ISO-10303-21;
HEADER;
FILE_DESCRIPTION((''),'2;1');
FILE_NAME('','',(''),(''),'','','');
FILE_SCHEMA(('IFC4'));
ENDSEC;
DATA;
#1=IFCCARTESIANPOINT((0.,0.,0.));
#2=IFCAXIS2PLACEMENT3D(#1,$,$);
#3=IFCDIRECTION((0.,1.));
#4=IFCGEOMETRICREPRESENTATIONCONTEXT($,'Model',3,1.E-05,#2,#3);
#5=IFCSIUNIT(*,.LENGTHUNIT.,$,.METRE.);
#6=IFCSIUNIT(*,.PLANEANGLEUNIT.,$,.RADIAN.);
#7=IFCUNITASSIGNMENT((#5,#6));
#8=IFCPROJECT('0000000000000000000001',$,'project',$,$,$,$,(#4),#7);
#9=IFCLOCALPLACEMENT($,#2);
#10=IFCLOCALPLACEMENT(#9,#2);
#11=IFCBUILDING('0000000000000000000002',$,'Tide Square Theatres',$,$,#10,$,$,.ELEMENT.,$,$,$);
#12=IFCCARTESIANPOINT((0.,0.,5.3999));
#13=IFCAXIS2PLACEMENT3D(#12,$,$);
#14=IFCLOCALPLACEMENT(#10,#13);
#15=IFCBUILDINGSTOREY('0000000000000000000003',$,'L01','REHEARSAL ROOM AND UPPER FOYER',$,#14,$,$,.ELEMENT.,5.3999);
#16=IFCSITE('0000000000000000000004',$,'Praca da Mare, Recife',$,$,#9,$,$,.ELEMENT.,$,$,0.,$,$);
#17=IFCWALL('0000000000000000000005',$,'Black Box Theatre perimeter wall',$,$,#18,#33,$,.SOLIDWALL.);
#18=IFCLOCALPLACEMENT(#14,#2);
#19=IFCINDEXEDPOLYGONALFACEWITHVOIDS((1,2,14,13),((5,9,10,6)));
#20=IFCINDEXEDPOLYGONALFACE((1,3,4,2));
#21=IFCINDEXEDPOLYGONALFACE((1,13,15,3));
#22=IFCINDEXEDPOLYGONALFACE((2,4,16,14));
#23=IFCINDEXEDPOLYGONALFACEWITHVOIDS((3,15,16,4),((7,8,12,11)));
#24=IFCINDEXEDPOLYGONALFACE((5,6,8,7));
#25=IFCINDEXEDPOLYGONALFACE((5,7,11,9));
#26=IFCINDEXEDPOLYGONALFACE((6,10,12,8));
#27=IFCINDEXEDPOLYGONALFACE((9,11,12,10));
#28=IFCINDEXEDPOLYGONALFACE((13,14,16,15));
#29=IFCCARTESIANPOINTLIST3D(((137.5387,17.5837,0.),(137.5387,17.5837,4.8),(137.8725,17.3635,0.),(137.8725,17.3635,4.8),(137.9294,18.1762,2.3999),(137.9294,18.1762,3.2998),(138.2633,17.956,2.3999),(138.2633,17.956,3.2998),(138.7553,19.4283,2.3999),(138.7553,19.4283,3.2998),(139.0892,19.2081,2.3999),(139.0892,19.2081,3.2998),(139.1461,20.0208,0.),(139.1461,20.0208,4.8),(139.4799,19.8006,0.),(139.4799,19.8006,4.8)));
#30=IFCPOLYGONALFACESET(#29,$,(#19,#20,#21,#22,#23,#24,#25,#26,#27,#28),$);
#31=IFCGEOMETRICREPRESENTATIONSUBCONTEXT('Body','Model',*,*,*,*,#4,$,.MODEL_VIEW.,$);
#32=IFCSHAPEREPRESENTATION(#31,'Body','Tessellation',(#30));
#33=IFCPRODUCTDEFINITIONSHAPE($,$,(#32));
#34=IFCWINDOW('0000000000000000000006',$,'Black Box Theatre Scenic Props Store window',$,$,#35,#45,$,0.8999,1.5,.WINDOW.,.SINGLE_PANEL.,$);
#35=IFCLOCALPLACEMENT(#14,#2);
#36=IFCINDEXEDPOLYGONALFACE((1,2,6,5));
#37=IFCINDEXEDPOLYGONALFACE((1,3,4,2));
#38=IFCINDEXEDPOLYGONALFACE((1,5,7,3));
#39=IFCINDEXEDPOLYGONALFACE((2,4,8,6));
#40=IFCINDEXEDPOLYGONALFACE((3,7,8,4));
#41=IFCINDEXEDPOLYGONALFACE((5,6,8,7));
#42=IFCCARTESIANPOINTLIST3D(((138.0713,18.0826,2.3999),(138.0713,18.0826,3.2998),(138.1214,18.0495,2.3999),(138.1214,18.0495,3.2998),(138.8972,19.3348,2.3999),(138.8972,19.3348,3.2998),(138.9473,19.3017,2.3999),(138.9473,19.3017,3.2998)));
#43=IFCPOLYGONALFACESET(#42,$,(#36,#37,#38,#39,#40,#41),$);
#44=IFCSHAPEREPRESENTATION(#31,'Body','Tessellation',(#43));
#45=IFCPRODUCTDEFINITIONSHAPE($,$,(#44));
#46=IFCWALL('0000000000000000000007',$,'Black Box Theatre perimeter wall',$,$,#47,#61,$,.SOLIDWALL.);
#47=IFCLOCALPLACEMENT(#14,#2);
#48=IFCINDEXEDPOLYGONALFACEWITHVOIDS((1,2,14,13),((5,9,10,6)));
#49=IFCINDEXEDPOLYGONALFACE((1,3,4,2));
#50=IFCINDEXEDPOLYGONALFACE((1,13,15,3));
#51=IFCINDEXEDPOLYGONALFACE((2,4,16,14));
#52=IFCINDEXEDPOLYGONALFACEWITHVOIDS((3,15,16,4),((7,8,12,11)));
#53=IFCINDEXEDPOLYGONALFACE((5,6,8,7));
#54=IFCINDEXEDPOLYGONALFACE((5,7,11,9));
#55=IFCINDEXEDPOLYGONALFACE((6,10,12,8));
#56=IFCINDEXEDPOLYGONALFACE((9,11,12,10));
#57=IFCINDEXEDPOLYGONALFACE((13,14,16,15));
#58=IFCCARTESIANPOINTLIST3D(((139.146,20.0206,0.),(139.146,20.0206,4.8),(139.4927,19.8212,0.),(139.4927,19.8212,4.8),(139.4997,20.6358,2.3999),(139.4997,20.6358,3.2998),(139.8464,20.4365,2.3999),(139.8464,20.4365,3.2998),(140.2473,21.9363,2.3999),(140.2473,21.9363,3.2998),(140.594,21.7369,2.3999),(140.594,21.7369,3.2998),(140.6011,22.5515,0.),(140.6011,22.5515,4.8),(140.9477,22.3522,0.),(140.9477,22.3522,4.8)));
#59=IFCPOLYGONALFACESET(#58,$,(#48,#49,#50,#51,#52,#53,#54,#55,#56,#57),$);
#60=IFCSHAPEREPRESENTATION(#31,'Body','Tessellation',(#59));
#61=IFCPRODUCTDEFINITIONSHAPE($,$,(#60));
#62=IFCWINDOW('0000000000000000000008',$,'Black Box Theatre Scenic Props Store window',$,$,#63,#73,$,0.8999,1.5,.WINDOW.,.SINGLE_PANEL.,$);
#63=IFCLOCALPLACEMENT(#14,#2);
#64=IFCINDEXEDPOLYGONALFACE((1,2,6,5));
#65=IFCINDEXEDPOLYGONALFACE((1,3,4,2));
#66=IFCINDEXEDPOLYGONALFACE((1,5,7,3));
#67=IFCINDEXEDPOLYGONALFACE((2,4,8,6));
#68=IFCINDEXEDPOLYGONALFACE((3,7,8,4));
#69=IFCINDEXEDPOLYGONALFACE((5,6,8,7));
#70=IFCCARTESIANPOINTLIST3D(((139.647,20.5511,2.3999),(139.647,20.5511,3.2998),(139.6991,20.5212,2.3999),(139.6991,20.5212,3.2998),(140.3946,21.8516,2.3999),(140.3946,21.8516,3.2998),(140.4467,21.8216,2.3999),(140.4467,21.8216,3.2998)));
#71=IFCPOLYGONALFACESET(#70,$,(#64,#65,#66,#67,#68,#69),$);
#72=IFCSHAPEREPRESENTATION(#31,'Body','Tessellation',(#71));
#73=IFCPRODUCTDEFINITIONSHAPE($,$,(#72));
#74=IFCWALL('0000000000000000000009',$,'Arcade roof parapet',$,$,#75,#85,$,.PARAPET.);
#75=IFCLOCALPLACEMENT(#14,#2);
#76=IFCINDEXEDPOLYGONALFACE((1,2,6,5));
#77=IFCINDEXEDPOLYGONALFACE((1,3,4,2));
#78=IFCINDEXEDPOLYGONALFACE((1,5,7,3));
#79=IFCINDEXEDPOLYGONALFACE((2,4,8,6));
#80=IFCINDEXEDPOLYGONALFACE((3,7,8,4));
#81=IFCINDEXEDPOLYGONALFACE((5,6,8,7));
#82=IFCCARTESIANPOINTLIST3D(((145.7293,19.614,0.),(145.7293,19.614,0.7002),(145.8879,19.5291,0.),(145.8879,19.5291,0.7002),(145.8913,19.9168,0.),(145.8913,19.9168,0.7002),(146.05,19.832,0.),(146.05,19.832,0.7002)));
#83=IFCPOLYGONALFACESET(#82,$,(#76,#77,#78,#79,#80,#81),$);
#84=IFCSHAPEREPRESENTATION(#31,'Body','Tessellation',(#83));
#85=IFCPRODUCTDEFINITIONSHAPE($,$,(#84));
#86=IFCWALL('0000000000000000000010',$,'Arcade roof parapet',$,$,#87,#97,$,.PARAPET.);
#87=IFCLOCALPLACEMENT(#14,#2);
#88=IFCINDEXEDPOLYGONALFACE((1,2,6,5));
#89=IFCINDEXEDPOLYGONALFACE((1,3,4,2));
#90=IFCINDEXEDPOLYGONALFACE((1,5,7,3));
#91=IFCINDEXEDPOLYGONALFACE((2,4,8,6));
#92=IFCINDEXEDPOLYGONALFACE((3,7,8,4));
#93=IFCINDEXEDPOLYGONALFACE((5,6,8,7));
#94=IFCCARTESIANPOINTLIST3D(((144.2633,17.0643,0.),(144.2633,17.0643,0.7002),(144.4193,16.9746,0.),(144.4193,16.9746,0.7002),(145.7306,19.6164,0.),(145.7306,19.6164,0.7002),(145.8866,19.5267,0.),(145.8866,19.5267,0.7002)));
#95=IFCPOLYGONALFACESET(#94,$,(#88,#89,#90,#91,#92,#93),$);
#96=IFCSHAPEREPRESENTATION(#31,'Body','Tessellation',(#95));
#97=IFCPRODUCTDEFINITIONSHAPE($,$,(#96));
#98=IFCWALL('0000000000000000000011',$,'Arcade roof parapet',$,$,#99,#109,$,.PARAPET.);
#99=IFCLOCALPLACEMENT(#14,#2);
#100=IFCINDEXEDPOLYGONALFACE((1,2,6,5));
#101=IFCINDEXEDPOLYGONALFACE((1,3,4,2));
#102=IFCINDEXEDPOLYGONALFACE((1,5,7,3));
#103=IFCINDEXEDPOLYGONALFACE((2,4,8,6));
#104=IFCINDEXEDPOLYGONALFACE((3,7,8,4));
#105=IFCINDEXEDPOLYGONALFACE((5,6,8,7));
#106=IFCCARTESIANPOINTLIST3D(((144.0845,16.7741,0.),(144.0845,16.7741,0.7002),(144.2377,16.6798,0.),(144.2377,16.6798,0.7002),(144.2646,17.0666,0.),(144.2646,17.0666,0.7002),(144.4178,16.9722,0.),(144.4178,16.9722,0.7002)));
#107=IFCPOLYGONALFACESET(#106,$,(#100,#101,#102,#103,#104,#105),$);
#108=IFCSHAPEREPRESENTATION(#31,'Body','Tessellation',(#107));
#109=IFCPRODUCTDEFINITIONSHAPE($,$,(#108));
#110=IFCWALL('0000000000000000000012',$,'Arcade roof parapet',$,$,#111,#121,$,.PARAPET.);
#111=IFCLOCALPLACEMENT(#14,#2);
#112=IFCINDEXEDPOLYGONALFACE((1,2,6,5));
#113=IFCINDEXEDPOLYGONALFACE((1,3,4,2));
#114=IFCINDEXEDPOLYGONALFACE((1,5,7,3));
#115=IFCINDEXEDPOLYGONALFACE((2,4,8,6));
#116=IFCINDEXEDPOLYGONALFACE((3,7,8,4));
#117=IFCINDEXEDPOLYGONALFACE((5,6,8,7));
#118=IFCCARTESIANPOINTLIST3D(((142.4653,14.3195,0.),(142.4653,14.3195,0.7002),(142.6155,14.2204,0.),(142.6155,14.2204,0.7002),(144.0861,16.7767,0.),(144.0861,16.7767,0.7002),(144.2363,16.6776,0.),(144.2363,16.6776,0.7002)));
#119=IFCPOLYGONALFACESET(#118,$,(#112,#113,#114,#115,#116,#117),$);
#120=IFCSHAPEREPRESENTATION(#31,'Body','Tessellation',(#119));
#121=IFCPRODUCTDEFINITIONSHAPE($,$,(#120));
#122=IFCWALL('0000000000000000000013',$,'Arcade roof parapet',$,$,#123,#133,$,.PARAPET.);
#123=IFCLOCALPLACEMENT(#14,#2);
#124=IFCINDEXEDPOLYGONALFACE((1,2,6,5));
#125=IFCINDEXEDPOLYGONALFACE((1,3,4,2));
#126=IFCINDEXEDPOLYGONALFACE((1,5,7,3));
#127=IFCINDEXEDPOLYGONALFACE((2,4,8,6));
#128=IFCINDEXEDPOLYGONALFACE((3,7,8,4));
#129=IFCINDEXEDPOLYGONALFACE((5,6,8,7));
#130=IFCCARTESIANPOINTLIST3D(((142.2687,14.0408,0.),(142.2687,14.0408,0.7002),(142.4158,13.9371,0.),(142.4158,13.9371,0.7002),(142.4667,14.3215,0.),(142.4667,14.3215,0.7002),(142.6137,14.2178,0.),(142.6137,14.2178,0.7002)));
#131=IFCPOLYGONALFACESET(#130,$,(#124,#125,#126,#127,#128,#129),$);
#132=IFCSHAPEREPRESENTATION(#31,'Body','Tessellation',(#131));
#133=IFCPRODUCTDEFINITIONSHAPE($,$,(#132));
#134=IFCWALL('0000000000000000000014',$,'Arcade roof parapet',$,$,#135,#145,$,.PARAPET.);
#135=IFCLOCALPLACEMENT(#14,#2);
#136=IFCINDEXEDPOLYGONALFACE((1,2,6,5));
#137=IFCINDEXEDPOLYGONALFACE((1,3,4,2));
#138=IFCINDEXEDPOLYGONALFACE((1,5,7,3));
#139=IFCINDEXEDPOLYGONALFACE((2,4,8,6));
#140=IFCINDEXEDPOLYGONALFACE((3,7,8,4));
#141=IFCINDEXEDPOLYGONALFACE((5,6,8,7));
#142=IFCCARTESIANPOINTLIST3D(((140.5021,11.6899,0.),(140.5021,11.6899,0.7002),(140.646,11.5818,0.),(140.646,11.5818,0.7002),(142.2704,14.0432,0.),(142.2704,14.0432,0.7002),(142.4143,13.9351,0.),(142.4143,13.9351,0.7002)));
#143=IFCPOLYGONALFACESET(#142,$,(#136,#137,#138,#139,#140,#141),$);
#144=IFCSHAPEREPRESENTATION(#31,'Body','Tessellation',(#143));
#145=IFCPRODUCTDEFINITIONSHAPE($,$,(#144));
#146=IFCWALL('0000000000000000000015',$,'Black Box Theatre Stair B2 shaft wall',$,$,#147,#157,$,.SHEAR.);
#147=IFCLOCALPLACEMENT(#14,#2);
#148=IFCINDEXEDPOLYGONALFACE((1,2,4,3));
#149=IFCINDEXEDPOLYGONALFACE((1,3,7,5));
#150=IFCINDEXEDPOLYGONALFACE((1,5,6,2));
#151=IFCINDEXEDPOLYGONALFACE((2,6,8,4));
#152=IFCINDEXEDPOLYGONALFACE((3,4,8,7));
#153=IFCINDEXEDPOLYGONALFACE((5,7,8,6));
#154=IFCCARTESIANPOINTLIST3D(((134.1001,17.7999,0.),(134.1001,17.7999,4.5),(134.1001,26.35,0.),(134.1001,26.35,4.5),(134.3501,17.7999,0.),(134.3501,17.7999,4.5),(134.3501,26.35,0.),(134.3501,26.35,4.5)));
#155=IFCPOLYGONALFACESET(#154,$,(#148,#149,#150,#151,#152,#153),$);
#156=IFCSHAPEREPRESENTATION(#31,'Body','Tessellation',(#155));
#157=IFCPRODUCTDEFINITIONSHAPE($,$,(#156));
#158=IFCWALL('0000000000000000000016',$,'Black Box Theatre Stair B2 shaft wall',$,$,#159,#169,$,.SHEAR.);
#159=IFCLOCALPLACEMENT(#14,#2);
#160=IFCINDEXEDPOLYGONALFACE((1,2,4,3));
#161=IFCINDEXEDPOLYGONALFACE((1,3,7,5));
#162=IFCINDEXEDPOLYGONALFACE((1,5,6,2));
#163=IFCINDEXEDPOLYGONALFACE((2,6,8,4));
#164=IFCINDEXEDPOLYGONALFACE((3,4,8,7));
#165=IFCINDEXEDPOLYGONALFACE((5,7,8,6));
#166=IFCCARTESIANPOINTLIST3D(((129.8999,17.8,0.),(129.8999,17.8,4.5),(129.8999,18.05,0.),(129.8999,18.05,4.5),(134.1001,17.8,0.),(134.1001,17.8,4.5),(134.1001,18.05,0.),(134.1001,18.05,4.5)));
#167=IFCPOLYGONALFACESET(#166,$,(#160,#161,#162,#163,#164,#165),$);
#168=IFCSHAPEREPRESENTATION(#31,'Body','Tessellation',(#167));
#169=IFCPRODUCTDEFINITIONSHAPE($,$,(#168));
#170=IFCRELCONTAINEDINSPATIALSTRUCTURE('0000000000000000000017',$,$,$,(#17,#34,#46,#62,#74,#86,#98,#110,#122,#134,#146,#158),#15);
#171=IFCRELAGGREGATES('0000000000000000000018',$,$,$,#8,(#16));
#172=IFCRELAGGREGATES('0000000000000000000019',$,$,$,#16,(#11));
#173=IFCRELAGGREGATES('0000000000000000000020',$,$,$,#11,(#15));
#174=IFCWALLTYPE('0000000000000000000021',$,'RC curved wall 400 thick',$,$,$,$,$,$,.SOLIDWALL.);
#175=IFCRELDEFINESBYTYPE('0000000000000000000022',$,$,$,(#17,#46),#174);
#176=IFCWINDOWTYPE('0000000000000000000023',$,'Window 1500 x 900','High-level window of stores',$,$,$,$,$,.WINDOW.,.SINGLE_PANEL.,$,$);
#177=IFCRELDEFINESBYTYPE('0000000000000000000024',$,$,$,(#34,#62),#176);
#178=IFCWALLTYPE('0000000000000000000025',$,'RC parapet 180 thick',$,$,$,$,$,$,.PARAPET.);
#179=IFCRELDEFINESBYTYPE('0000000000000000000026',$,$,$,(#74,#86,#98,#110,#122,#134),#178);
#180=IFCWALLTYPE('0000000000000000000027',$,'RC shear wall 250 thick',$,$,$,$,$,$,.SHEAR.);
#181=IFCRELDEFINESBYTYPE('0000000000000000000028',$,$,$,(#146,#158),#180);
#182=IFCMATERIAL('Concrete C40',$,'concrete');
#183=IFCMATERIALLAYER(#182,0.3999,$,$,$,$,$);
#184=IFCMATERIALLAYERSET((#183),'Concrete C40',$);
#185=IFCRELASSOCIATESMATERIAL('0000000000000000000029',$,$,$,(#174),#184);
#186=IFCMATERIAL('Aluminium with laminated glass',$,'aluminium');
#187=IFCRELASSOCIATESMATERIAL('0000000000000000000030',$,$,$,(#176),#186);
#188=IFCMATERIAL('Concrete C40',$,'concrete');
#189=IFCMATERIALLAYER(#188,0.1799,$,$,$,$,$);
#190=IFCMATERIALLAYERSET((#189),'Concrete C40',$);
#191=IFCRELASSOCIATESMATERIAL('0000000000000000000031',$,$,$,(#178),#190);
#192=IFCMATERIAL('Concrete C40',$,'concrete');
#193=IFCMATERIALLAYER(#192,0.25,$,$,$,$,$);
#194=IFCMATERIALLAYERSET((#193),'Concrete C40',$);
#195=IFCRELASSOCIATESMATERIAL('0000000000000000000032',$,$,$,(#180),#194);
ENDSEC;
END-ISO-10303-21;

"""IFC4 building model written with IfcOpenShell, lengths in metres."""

from ifc_helpers import new_model, si_unit, direction, frame, frame_2d, origin, place, context, subcontext, project, spatial, rectangle, extrude, material, layer, layer_set, type_object, element, fill, save


model = new_model("IFC4")

# Units and contexts
model_context = context("Model", 3, precision=1e-05, world=origin(), true_north=direction((0.0, 1.0)))
body_context = subcontext(model_context, "Body", "Model", "MODEL_VIEW")
ifc_project = project(units=[si_unit("LENGTHUNIT", "METRE"), si_unit("PLANEANGLEUNIT", "RADIAN")], contexts=[model_context])

# Site, building, storey
site_placement = place(None, origin())
site = spatial("IfcSite", under=ifc_project, at=site_placement, Name="Praca da Mare, Recife", CompositionType="ELEMENT", RefElevation=0.0)
building_placement = place(site_placement, origin())
building = spatial("IfcBuilding", under=site, at=building_placement, Name="Tide Square Theatres", CompositionType="ELEMENT")
storey_placement = place(building_placement, frame((0.0, 0.0, 5.3999)))
storey = spatial("IfcBuildingStorey", under=building, at=storey_placement, Name="L01", Description="REHEARSAL ROOM AND UPPER FOYER", CompositionType="ELEMENT", Elevation=5.3999)

# Walls, openings, windows
ifc_material_1 = material(Name="Concrete C40", Category="concrete")
ifc_layer_1 = layer(ifc_material_1, 0.3999)
ifc_layer_set_1 = layer_set([ifc_layer_1], Name="Concrete C40")
wall_type_1 = type_object("IfcWallType", Name="RC curved wall 400 thick", PredefinedType="SOLIDWALL", material=ifc_layer_set_1)
ifc_material_2 = material(Name="Aluminium with laminated glass", Category="aluminium")
window_type = type_object("IfcWindowType", Name="Window 1500 x 900", Description="High-level window of stores", PartitioningType="SINGLE_PANEL", PredefinedType="WINDOW", material=ifc_material_2)
wall_1_placement = place(storey_placement, frame((137.7056, 17.4736, 0.0), z_axis=(0.0, 0.0, 1.0), x_axis=(0.550602, 0.834768, 0.0)))
wall_1 = element("IfcWall", 1, at=wall_1_placement, inside=storey, type_object=wall_type_1, Name="Black Box Theatre perimeter wall", PredefinedType="SOLIDWALL", context=body_context, shape_type="SweptSolid", body=[
    extrude(rectangle(XDim=2.9194, YDim=0.3999, at=frame_2d((1.4597, 0.0))), origin(), (0.0, 0.0, 1.0), 4.8),
])
opening_1_placement = place(wall_1_placement, frame((0.7097, 0.0, 2.3999)))
opening_1 = element("IfcOpeningElement", 2, at=opening_1_placement, cuts=wall_1, PredefinedType="OPENING", context=body_context, shape_type="SweptSolid", body=[
    extrude(rectangle(XDim=1.5, YDim=0.8999, at=frame_2d((0.75, 0.45))), frame((0.0, 0.21, 0.0), z_axis=(0.0, -1.0, 0.0), x_axis=(1.0, 0.0, 0.0)), (0.0, 0.0, 1.0), 0.4199),
])
window_1_placement = place(opening_1_placement, origin())
window_1 = element("IfcWindow", 3, at=window_1_placement, inside=storey, type_object=window_type, Name="Black Box Theatre Scenic Props Store window", OverallHeight=0.8999, OverallWidth=1.5, PartitioningType="SINGLE_PANEL", PredefinedType="WINDOW", context=body_context, shape_type="SweptSolid", body=[
    extrude(rectangle(XDim=1.5, YDim=0.8999, at=frame_2d((0.75, 0.45))), frame((0.0, 0.03, 0.0), z_axis=(0.0, -1.0, 0.0), x_axis=(1.0, 0.0, 0.0)), (0.0, 0.0, 1.0), 0.0601),
])
fill(opening_1, window_1)
wall_2_placement = place(storey_placement, frame((139.3193, 19.9209, 0.0), z_axis=(0.0, 0.0, 1.0), x_axis=(0.498407, 0.866943, 0.0)))
wall_2 = element("IfcWall", 4, at=wall_2_placement, inside=storey, type_object=wall_type_1, Name="Black Box Theatre perimeter wall", PredefinedType="SOLIDWALL", context=body_context, shape_type="SweptSolid", body=[
    extrude(rectangle(XDim=2.9194, YDim=0.3999, at=frame_2d((1.4597, 0.0))), origin(), (0.0, 0.0, 1.0), 4.8),
])
opening_2_placement = place(wall_2_placement, frame((0.7097, 0.0, 2.3999)))
opening_2 = element("IfcOpeningElement", 5, at=opening_2_placement, cuts=wall_2, PredefinedType="OPENING", context=body_context, shape_type="SweptSolid", body=[
    extrude(rectangle(XDim=1.5, YDim=0.8999, at=frame_2d((0.75, 0.45))), frame((0.0, 0.21, 0.0), z_axis=(0.0, -1.0, 0.0), x_axis=(1.0, 0.0, 0.0)), (0.0, 0.0, 1.0), 0.4199),
])
window_2_placement = place(opening_2_placement, origin())
window_2 = element("IfcWindow", 6, at=window_2_placement, inside=storey, type_object=window_type, Name="Black Box Theatre Scenic Props Store window", OverallHeight=0.8999, OverallWidth=1.5, PartitioningType="SINGLE_PANEL", PredefinedType="WINDOW", context=body_context, shape_type="SweptSolid", body=[
    extrude(rectangle(XDim=1.5, YDim=0.8999, at=frame_2d((0.75, 0.45))), frame((0.0, 0.03, 0.0), z_axis=(0.0, -1.0, 0.0), x_axis=(1.0, 0.0, 0.0)), (0.0, 0.0, 1.0), 0.0601),
])
fill(opening_2, window_2)

# Walls
ifc_material_3 = material(Name="Concrete C40", Category="concrete")
ifc_layer_2 = layer(ifc_material_3, 0.1799)
ifc_layer_set_2 = layer_set([ifc_layer_2], Name="Concrete C40")
wall_type_2 = type_object("IfcWallType", Name="RC parapet 180 thick", PredefinedType="PARAPET", material=ifc_layer_set_2)
wall_3_placement = place(storey_placement, frame((145.9707, 19.8745, 0.0), z_axis=(0.0, 0.0, 1.0), x_axis=(-0.471768, -0.881723, 0.0)))
element("IfcWall", 7, at=wall_3_placement, inside=storey, type_object=wall_type_2, Name="Arcade roof parapet", PredefinedType="PARAPET", context=body_context, shape_type="SweptSolid", body=[
    extrude(rectangle(XDim=0.3435, YDim=0.1799, at=frame_2d((0.1719, 0.0))), origin(), (0.0, 0.0, 1.0), 0.7002),
])
wall_4_placement = place(storey_placement, frame((145.8086, 19.5715, 0.0), z_axis=(0.0, 0.0, 1.0), x_axis=(-0.498442, -0.866923, 0.0)))
element("IfcWall", 8, at=wall_4_placement, inside=storey, type_object=wall_type_2, Name="Arcade roof parapet", PredefinedType="PARAPET", context=body_context, shape_type="SweptSolid", body=[
    extrude(rectangle(XDim=2.9438, YDim=0.1799, at=frame_2d((1.4719, 0.0))), origin(), (0.0, 0.0, 1.0), 0.7002),
])
wall_5_placement = place(storey_placement, frame((144.3413, 17.0195, 0.0), z_axis=(0.0, 0.0, 1.0), x_axis=(-0.524494, -0.851414, 0.0)))
element("IfcWall", 9, at=wall_5_placement, inside=storey, type_object=wall_type_2, Name="Arcade roof parapet", PredefinedType="PARAPET", context=body_context, shape_type="SweptSolid", body=[
    extrude(rectangle(XDim=0.3435, YDim=0.1799, at=frame_2d((0.1719, 0.0))), origin(), (0.0, 0.0, 1.0), 0.7002),
])
wall_6_placement = place(storey_placement, frame((144.1611, 16.7271, 0.0), z_axis=(0.0, 0.0, 1.0), x_axis=(-0.550617, -0.834758, 0.0)))
element("IfcWall", 10, at=wall_6_placement, inside=storey, type_object=wall_type_2, Name="Arcade roof parapet", PredefinedType="PARAPET", context=body_context, shape_type="SweptSolid", body=[
    extrude(rectangle(XDim=2.9436, YDim=0.1799, at=frame_2d((1.4717, 0.0))), origin(), (0.0, 0.0, 1.0), 0.7002),
])
wall_7_placement = place(storey_placement, frame((142.5403, 14.2698, 0.0), z_axis=(0.0, 0.0, 1.0), x_axis=(-0.57632, -0.817224, 0.0)))
element("IfcWall", 11, at=wall_7_placement, inside=storey, type_object=wall_type_2, Name="Arcade roof parapet", PredefinedType="PARAPET", context=body_context, shape_type="SweptSolid", body=[
    extrude(rectangle(XDim=0.3435, YDim=0.1799, at=frame_2d((0.1719, 0.0))), origin(), (0.0, 0.0, 1.0), 0.7002),
])
wall_8_placement = place(storey_placement, frame((142.3423, 13.989, 0.0), z_axis=(0.0, 0.0, 1.0), x_axis=(-0.60073, -0.799452, 0.0)))
element("IfcWall", 12, at=wall_8_placement, inside=storey, type_object=wall_type_2, Name="Arcade roof parapet", PredefinedType="PARAPET", context=body_context, shape_type="SweptSolid", body=[
    extrude(rectangle(XDim=2.9436, YDim=0.1799, at=frame_2d((1.4717, 0.0))), origin(), (0.0, 0.0, 1.0), 0.7002),
])
ifc_material_4 = material(Name="Concrete C40", Category="concrete")
ifc_layer_3 = layer(ifc_material_4, 0.25)
ifc_layer_set_3 = layer_set([ifc_layer_3], Name="Concrete C40")
wall_type_3 = type_object("IfcWallType", Name="RC shear wall 250 thick", PredefinedType="SHEAR", material=ifc_layer_set_3)
wall_9_placement = place(storey_placement, frame((134.2251, 17.8, 0.0), z_axis=(0.0, 0.0, 1.0), x_axis=(0.0, 1.0, 0.0)))
element("IfcWall", 13, at=wall_9_placement, inside=storey, type_object=wall_type_3, Name="Black Box Theatre Stair B2 shaft wall", PredefinedType="SHEAR", context=body_context, shape_type="SweptSolid", body=[
    extrude(rectangle(XDim=8.55, YDim=0.25, at=frame_2d((4.2749, 0.0))), origin(), (0.0, 0.0, 1.0), 4.5),
])
wall_10_placement = place(storey_placement, frame((134.1001, 17.925, 0.0), z_axis=(0.0, 0.0, 1.0), x_axis=(-1.0, 0.0, 0.0)))
element("IfcWall", 14, at=wall_10_placement, inside=storey, type_object=wall_type_3, Name="Black Box Theatre Stair B2 shaft wall", PredefinedType="SHEAR", context=body_context, shape_type="SweptSolid", body=[
    extrude(rectangle(XDim=4.2002, YDim=0.25, at=frame_2d((2.1001, 0.0))), origin(), (0.0, 0.0, 1.0), 4.5),
])

save(model, "model.ifc")
